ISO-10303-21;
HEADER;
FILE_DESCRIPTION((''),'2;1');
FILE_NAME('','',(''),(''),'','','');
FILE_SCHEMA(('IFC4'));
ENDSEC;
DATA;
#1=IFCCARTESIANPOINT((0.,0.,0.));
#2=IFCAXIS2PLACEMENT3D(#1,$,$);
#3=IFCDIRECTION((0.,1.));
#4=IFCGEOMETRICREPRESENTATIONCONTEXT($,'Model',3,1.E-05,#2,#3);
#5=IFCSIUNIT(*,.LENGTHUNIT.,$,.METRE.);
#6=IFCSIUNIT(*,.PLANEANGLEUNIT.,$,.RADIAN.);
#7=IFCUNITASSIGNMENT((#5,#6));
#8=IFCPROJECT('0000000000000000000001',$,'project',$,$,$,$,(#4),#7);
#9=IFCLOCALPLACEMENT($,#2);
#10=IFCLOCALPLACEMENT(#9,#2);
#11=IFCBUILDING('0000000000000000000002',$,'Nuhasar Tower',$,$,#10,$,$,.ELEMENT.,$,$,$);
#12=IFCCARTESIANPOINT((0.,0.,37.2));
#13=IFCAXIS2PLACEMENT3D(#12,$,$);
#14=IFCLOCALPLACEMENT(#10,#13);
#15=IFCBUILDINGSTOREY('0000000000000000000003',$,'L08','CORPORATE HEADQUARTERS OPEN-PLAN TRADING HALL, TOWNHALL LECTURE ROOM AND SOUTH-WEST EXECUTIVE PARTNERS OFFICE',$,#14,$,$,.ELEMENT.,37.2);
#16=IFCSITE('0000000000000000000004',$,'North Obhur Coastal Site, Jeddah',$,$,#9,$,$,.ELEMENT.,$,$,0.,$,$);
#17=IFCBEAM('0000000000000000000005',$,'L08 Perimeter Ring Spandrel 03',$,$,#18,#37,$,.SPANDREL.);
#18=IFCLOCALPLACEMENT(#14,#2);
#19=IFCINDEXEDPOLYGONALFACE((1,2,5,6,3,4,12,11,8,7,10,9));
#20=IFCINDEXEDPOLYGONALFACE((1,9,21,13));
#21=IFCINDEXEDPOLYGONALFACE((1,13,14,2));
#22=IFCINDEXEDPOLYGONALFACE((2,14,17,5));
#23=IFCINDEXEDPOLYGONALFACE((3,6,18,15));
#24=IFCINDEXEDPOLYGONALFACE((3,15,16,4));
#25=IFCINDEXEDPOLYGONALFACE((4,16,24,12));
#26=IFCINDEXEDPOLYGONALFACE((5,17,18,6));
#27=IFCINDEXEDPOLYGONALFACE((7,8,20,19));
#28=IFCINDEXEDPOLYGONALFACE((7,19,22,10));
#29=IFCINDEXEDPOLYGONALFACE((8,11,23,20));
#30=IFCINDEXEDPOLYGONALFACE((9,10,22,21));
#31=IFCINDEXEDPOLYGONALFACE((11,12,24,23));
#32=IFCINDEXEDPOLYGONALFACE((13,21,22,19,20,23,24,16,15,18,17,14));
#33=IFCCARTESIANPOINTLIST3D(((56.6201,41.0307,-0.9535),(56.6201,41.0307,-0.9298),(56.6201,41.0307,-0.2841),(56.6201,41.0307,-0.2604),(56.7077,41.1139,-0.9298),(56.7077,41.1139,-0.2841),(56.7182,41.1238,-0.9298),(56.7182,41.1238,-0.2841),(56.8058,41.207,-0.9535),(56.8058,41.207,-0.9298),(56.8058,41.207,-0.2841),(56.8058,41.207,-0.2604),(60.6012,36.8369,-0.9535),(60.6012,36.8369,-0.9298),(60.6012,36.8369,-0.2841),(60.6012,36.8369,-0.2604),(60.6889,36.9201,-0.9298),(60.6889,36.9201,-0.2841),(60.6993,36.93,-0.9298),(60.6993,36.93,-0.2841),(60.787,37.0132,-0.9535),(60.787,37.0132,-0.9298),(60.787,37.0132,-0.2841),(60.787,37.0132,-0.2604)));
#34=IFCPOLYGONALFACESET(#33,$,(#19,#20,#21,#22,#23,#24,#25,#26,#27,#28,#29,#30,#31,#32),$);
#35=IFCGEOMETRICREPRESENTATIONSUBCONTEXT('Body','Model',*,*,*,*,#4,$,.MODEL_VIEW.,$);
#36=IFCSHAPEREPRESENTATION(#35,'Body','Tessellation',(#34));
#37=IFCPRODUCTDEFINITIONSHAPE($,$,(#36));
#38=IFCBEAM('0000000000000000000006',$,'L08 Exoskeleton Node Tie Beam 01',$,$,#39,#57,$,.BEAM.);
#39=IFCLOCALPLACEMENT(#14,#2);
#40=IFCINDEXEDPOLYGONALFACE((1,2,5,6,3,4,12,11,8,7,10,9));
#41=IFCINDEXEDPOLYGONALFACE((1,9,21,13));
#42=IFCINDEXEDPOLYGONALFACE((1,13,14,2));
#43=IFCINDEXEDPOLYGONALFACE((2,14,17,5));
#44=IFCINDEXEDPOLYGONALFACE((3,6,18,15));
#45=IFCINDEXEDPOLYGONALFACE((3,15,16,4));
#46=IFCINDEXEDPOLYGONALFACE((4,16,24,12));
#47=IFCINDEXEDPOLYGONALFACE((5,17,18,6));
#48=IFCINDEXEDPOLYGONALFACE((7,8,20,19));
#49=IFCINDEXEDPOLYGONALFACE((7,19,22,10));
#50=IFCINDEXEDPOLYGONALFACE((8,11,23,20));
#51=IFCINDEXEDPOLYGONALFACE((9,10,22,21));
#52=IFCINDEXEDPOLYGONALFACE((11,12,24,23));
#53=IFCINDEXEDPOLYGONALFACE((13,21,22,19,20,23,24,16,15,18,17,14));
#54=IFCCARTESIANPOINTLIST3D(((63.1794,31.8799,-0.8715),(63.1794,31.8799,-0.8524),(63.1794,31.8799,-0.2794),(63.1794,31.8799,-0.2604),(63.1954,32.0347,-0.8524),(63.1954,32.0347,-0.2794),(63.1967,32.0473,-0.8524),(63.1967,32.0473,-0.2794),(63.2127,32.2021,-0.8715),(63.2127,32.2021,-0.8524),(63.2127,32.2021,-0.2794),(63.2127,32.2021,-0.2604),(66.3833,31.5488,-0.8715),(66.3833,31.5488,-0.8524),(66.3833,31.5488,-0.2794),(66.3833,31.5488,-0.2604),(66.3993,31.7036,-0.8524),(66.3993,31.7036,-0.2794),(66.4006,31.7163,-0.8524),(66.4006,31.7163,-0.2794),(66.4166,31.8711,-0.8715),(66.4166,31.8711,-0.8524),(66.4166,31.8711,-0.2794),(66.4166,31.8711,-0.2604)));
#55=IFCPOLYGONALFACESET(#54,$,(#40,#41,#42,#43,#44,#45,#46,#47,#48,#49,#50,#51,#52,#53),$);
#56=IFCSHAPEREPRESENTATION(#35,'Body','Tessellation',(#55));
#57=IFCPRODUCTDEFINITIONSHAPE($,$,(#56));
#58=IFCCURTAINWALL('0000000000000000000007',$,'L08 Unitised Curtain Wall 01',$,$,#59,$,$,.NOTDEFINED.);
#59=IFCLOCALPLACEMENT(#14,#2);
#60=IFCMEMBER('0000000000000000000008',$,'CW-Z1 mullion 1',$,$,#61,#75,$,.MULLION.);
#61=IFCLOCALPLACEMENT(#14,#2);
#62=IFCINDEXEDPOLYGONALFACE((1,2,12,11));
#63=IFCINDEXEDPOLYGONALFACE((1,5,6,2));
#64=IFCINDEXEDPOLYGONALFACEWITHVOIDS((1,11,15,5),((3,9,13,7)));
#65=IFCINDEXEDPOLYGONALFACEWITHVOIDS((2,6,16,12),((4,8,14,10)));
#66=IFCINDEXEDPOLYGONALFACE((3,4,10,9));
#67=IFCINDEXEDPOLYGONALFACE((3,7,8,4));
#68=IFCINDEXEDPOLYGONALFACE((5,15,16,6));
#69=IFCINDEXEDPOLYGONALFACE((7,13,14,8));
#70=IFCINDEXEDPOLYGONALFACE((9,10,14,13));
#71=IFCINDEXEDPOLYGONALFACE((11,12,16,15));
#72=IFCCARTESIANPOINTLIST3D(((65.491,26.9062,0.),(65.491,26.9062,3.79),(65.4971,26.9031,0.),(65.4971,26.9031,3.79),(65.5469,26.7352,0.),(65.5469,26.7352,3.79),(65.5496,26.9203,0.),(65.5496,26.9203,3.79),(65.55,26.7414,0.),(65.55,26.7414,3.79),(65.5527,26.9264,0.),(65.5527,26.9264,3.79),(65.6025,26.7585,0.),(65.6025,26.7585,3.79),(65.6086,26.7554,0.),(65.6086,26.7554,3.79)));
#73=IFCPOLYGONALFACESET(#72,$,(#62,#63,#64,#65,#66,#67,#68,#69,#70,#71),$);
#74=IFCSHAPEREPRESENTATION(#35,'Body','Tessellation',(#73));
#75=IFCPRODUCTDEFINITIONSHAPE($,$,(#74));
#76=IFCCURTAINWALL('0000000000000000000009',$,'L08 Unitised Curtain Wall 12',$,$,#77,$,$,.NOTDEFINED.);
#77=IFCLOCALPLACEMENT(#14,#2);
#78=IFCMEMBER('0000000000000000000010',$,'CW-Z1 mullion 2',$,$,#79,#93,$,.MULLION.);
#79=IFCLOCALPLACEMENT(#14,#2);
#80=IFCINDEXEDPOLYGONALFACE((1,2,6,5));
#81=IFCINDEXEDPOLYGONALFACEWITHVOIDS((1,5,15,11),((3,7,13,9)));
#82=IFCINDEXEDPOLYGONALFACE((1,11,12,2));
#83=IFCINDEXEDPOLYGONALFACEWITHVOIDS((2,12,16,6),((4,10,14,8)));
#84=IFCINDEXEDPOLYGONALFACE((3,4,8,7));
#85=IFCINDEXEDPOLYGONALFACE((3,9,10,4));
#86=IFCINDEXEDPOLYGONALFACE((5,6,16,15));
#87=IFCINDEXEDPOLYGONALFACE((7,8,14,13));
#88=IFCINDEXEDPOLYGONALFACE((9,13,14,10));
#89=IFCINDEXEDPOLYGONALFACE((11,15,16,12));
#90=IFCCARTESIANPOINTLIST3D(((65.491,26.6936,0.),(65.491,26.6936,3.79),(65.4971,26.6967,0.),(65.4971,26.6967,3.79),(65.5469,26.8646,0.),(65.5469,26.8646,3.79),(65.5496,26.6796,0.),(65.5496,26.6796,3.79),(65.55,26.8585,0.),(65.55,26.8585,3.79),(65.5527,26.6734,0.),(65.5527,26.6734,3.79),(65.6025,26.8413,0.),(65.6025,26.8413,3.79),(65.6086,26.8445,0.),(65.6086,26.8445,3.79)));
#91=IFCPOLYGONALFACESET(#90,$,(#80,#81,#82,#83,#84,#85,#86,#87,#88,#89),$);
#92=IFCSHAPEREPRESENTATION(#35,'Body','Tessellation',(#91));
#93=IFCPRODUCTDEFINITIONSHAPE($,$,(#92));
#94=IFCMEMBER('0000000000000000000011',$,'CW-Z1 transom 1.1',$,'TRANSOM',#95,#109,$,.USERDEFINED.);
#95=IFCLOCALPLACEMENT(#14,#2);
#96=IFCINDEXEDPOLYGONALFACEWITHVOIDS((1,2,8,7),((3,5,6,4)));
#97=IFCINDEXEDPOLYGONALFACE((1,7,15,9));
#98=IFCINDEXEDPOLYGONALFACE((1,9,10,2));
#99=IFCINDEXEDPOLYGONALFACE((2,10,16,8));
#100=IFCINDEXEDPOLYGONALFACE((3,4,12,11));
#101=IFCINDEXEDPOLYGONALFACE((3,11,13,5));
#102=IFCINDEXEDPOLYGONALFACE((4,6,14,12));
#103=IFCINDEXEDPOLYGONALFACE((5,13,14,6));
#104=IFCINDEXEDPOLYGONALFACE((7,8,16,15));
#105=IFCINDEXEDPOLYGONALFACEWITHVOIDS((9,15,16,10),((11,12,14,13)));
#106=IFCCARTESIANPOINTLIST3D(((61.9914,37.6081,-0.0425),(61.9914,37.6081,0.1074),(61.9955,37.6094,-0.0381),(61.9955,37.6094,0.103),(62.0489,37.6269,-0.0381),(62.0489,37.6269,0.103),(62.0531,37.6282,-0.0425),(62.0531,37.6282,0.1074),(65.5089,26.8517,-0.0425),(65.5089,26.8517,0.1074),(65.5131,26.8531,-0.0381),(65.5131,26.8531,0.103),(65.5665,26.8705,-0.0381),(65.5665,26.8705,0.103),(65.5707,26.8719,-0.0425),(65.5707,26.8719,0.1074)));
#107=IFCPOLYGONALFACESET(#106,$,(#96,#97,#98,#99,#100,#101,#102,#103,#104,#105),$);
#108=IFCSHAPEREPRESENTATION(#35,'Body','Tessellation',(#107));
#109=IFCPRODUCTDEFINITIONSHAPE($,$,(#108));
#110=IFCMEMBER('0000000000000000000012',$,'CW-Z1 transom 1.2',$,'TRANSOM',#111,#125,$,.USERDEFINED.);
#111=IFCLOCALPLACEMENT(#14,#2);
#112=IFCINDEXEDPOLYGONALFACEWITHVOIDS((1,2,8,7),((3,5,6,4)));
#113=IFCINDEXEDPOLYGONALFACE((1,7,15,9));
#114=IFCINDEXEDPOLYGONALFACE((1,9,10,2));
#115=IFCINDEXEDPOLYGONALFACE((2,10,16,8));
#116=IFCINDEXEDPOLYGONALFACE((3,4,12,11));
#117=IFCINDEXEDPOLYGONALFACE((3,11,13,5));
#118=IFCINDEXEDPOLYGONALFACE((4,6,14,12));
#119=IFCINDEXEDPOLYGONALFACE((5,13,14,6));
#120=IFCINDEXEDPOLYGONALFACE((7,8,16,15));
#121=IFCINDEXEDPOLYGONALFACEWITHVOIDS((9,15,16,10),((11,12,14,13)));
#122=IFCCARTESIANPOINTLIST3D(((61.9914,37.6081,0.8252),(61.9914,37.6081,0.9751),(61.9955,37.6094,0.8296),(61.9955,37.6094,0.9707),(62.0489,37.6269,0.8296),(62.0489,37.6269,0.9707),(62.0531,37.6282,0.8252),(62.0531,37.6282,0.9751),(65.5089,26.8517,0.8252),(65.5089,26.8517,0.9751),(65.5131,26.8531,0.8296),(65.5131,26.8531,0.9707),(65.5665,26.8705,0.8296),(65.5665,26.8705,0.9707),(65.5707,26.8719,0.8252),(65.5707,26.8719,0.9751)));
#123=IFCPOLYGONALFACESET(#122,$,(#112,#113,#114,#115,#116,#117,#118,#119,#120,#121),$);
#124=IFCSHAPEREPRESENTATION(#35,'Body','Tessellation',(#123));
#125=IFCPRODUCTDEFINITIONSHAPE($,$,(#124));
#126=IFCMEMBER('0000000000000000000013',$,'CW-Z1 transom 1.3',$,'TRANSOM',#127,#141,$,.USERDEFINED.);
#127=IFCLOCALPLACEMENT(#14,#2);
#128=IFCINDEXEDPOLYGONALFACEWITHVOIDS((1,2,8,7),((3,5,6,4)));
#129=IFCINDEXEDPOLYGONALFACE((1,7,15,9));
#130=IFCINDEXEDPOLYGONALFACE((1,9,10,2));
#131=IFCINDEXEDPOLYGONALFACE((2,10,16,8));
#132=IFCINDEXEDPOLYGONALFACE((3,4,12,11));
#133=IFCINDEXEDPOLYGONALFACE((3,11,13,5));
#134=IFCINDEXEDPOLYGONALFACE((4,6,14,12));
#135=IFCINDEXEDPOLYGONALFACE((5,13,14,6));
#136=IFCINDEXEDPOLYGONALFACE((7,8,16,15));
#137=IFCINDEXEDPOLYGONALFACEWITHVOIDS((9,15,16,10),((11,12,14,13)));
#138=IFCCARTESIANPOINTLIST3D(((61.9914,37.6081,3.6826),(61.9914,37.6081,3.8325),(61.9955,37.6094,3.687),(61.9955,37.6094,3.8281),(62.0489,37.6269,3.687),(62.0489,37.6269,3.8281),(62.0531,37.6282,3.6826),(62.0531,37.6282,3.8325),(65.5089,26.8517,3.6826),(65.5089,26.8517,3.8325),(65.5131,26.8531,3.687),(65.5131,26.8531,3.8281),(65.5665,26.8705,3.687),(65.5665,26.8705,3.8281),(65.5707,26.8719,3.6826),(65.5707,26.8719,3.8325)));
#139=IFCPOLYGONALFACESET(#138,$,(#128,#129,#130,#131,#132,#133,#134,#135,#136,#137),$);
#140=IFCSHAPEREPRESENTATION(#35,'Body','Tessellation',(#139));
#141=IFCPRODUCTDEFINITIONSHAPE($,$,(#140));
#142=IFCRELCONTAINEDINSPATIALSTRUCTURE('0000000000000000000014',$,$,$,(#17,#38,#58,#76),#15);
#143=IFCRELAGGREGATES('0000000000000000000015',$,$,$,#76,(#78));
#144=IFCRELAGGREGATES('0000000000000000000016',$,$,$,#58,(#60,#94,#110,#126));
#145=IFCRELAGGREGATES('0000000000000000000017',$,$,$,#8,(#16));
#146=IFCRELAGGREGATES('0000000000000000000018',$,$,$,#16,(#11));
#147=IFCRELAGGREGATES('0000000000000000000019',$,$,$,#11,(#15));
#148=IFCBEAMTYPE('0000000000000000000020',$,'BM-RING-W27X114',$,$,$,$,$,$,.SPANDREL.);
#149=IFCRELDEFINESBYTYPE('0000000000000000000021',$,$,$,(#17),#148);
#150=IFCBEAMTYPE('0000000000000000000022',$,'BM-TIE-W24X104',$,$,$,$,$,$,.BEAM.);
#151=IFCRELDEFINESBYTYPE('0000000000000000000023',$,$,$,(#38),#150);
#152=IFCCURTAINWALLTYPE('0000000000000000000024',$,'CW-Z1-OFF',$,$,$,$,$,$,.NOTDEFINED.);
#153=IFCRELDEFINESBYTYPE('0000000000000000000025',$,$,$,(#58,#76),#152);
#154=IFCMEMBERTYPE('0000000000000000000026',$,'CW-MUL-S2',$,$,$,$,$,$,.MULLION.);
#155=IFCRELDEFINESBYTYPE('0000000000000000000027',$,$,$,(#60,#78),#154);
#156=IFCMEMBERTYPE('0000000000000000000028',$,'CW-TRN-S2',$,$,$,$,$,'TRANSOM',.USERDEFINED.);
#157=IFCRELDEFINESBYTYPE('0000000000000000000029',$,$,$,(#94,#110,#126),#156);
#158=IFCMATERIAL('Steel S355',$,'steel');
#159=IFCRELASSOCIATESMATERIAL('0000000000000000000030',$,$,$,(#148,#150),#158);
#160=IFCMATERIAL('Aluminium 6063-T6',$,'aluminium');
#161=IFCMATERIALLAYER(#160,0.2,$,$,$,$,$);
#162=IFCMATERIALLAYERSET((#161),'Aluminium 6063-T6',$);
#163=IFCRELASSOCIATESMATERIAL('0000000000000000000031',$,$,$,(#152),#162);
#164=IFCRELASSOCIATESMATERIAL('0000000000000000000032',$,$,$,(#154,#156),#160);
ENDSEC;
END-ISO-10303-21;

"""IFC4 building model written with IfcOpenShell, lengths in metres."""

from ifc_helpers import new_model, si_unit, direction, frame, origin, origin_2d, place, context, subcontext, project, spatial, hollow_rectangle, i_section, extrude, material, layer, layer_set, material_profile, profile_set, type_object, element, aggregate, save


model = new_model("IFC4")

# Units and contexts
model_context = context("Model", 3, precision=1e-05, world=origin(), true_north=direction((0.0, 1.0)))
body_context = subcontext(model_context, "Body", "Model", "MODEL_VIEW")
ifc_project = project(units=[si_unit("LENGTHUNIT", "METRE"), si_unit("PLANEANGLEUNIT", "RADIAN")], contexts=[model_context])

# Site, building, storey
site_placement = place(None, origin())
site = spatial("IfcSite", under=ifc_project, at=site_placement, Name="North Obhur Coastal Site, Jeddah", CompositionType="ELEMENT", RefElevation=0.0)
building_placement = place(site_placement, origin())
building = spatial("IfcBuilding", under=site, at=building_placement, Name="Nuhasar Tower", CompositionType="ELEMENT")
storey_placement = place(building_placement, frame((0.0, 0.0, 37.2)))
storey = spatial("IfcBuildingStorey", under=building, at=storey_placement, Name="L08", Description="CORPORATE HEADQUARTERS OPEN-PLAN TRADING HALL, TOWNHALL LECTURE ROOM AND SOUTH-WEST EXECUTIVE PARTNERS OFFICE", CompositionType="ELEMENT", Elevation=37.2)

# Beams
ifc_material_1 = material(Name="Steel S355", Category="steel")
ifc_material_profile_1 = material_profile(ifc_material_1, i_section(OverallWidth=0.2561, OverallDepth=0.6931, WebThickness=0.0144, FlangeThickness=0.0237, at=origin_2d()), Name="W27X114")
ifc_profile_set_1 = profile_set([ifc_material_profile_1], Name="Steel S355")
beam_type_1 = type_object("IfcBeamType", Name="BM-RING-W27X114", PredefinedType="SPANDREL", material=ifc_profile_set_1)
beam_1_placement = place(storey_placement, frame((60.6941, 36.925, -0.6069), z_axis=(-0.688481, 0.725254, 0.0), x_axis=(-0.725254, -0.688481, 0.0)))
element("IfcBeam", 1, at=beam_1_placement, inside=storey, type_object=beam_type_1, Name="L08 Perimeter Ring Spandrel 03", PredefinedType="SPANDREL", context=body_context, shape_type="SweptSolid", body=[
    extrude(i_section(OverallWidth=0.2561, OverallDepth=0.6931, WebThickness=0.0144, FlangeThickness=0.0237, at=origin_2d()), origin(), (0.0, 0.0, 1.0), 5.7825),
])
ifc_material_profile_2 = material_profile(ifc_material_1, i_section(OverallWidth=0.324, OverallDepth=0.6111, WebThickness=0.0127, FlangeThickness=0.019, at=origin_2d()), Name="W24X104")
ifc_profile_set_2 = profile_set([ifc_material_profile_2], Name="Steel S355")
beam_type_2 = type_object("IfcBeamType", Name="BM-TIE-W24X104", PredefinedType="BEAM", material=ifc_profile_set_2)
beam_2_placement = place(storey_placement, frame((63.196, 32.041, -0.5659), z_axis=(0.994704, -0.102783, 0.0), x_axis=(0.102783, 0.994704, 0.0)))
element("IfcBeam", 2, at=beam_2_placement, inside=storey, type_object=beam_type_2, Name="L08 Exoskeleton Node Tie Beam 01", PredefinedType="BEAM", context=body_context, shape_type="SweptSolid", body=[
    extrude(i_section(OverallWidth=0.324, OverallDepth=0.6111, WebThickness=0.0127, FlangeThickness=0.019, at=origin_2d()), origin(), (0.0, 0.0, 1.0), 3.2209),
])

# Curtain walls, members
ifc_material_2 = material(Name="Aluminium 6063-T6", Category="aluminium")
ifc_layer_1 = layer(ifc_material_2, 0.2)
ifc_layer_set_1 = layer_set([ifc_layer_1], Name="Aluminium 6063-T6")
curtain_wall_type = type_object("IfcCurtainWallType", Name="CW-Z1-OFF", PredefinedType="NOTDEFINED", material=ifc_layer_set_1)
curtain_wall_1_placement = place(storey_placement, origin())
curtain_wall_1 = element("IfcCurtainWall", 3, at=curtain_wall_1_placement, inside=storey, type_object=curtain_wall_type, Name="L08 Unitised Curtain Wall 01", PredefinedType="NOTDEFINED")
ifc_material_profile_3 = material_profile(ifc_material_2, hollow_rectangle(XDim=0.0649, YDim=0.1799, WallThickness=0.0049, at=origin_2d()), Name="CWM-2")
ifc_profile_set_3 = profile_set([ifc_material_profile_3], Name="Aluminium 6063-T6")
member_type_1 = type_object("IfcMemberType", Name="CW-MUL-S2", PredefinedType="MULLION", material=ifc_profile_set_3)
member_1_placement = place(storey_placement, frame((65.5498, 26.8308, 0.0), z_axis=(0.0, 0.0, 1.0), x_axis=(-0.950468, -0.310824, 0.0)))
member_1 = element("IfcMember", 4, at=member_1_placement, type_object=member_type_1, Name="CW-Z1 mullion 1", PredefinedType="MULLION", context=body_context, shape_type="SweptSolid", body=[
    extrude(hollow_rectangle(XDim=0.0649, YDim=0.1799, WallThickness=0.0049, at=origin_2d()), origin(), (0.0, 0.0, 1.0), 3.79),
])
curtain_wall_2_placement = place(storey_placement, origin())
curtain_wall_2 = element("IfcCurtainWall", 5, at=curtain_wall_2_placement, inside=storey, type_object=curtain_wall_type, Name="L08 Unitised Curtain Wall 12", PredefinedType="NOTDEFINED")
member_2_placement = place(storey_placement, frame((65.5498, 26.769, 0.0), z_axis=(0.0, 0.0, 1.0), x_axis=(-0.950468, 0.310824, 0.0)))
member_2 = element("IfcMember", 6, at=member_2_placement, type_object=member_type_1, Name="CW-Z1 mullion 2", PredefinedType="MULLION", context=body_context, shape_type="SweptSolid", body=[
    extrude(hollow_rectangle(XDim=0.0649, YDim=0.1799, WallThickness=0.0049, at=origin_2d()), origin(), (0.0, 0.0, 1.0), 3.79),
])
aggregate(curtain_wall_2, [member_2])

# Members
ifc_material_profile_4 = material_profile(ifc_material_2, hollow_rectangle(XDim=0.0649, YDim=0.1499, WallThickness=0.0044, at=origin_2d()), Name="CWT-2")
ifc_profile_set_4 = profile_set([ifc_material_profile_4], Name="Aluminium 6063-T6")
member_type_2 = type_object("IfcMemberType", Name="CW-TRN-S2", ElementType="TRANSOM", PredefinedType="USERDEFINED", material=ifc_profile_set_4)
member_3_placement = place(storey_placement, frame((65.5398, 26.8618, 0.0325), z_axis=(-0.310825, 0.950467, 0.0), x_axis=(-0.950467, -0.310825, 0.0)))
member_3 = element("IfcMember", 7, at=member_3_placement, type_object=member_type_2, Name="CW-Z1 transom 1.1", ObjectType="TRANSOM", PredefinedType="USERDEFINED", context=body_context, shape_type="SweptSolid", body=[
    extrude(hollow_rectangle(XDim=0.0649, YDim=0.1499, WallThickness=0.0044, at=origin_2d()), origin(), (0.0, 0.0, 1.0), 11.3169),
])
member_4_placement = place(storey_placement, frame((65.5398, 26.8618, 0.9001), z_axis=(-0.310825, 0.950467, 0.0), x_axis=(-0.950467, -0.310825, 0.0)))
member_4 = element("IfcMember", 8, at=member_4_placement, type_object=member_type_2, Name="CW-Z1 transom 1.2", ObjectType="TRANSOM", PredefinedType="USERDEFINED", context=body_context, shape_type="SweptSolid", body=[
    extrude(hollow_rectangle(XDim=0.0649, YDim=0.1499, WallThickness=0.0044, at=origin_2d()), origin(), (0.0, 0.0, 1.0), 11.3169),
])
member_5_placement = place(storey_placement, frame((65.5398, 26.8618, 3.7576), z_axis=(-0.310825, 0.950467, 0.0), x_axis=(-0.950467, -0.310825, 0.0)))
member_5 = element("IfcMember", 9, at=member_5_placement, type_object=member_type_2, Name="CW-Z1 transom 1.3", ObjectType="TRANSOM", PredefinedType="USERDEFINED", context=body_context, shape_type="SweptSolid", body=[
    extrude(hollow_rectangle(XDim=0.0649, YDim=0.1499, WallThickness=0.0044, at=origin_2d()), origin(), (0.0, 0.0, 1.0), 11.3169),
])

aggregate(curtain_wall_1, [member_1, member_3, member_4, member_5])

save(model, "model.ifc")
